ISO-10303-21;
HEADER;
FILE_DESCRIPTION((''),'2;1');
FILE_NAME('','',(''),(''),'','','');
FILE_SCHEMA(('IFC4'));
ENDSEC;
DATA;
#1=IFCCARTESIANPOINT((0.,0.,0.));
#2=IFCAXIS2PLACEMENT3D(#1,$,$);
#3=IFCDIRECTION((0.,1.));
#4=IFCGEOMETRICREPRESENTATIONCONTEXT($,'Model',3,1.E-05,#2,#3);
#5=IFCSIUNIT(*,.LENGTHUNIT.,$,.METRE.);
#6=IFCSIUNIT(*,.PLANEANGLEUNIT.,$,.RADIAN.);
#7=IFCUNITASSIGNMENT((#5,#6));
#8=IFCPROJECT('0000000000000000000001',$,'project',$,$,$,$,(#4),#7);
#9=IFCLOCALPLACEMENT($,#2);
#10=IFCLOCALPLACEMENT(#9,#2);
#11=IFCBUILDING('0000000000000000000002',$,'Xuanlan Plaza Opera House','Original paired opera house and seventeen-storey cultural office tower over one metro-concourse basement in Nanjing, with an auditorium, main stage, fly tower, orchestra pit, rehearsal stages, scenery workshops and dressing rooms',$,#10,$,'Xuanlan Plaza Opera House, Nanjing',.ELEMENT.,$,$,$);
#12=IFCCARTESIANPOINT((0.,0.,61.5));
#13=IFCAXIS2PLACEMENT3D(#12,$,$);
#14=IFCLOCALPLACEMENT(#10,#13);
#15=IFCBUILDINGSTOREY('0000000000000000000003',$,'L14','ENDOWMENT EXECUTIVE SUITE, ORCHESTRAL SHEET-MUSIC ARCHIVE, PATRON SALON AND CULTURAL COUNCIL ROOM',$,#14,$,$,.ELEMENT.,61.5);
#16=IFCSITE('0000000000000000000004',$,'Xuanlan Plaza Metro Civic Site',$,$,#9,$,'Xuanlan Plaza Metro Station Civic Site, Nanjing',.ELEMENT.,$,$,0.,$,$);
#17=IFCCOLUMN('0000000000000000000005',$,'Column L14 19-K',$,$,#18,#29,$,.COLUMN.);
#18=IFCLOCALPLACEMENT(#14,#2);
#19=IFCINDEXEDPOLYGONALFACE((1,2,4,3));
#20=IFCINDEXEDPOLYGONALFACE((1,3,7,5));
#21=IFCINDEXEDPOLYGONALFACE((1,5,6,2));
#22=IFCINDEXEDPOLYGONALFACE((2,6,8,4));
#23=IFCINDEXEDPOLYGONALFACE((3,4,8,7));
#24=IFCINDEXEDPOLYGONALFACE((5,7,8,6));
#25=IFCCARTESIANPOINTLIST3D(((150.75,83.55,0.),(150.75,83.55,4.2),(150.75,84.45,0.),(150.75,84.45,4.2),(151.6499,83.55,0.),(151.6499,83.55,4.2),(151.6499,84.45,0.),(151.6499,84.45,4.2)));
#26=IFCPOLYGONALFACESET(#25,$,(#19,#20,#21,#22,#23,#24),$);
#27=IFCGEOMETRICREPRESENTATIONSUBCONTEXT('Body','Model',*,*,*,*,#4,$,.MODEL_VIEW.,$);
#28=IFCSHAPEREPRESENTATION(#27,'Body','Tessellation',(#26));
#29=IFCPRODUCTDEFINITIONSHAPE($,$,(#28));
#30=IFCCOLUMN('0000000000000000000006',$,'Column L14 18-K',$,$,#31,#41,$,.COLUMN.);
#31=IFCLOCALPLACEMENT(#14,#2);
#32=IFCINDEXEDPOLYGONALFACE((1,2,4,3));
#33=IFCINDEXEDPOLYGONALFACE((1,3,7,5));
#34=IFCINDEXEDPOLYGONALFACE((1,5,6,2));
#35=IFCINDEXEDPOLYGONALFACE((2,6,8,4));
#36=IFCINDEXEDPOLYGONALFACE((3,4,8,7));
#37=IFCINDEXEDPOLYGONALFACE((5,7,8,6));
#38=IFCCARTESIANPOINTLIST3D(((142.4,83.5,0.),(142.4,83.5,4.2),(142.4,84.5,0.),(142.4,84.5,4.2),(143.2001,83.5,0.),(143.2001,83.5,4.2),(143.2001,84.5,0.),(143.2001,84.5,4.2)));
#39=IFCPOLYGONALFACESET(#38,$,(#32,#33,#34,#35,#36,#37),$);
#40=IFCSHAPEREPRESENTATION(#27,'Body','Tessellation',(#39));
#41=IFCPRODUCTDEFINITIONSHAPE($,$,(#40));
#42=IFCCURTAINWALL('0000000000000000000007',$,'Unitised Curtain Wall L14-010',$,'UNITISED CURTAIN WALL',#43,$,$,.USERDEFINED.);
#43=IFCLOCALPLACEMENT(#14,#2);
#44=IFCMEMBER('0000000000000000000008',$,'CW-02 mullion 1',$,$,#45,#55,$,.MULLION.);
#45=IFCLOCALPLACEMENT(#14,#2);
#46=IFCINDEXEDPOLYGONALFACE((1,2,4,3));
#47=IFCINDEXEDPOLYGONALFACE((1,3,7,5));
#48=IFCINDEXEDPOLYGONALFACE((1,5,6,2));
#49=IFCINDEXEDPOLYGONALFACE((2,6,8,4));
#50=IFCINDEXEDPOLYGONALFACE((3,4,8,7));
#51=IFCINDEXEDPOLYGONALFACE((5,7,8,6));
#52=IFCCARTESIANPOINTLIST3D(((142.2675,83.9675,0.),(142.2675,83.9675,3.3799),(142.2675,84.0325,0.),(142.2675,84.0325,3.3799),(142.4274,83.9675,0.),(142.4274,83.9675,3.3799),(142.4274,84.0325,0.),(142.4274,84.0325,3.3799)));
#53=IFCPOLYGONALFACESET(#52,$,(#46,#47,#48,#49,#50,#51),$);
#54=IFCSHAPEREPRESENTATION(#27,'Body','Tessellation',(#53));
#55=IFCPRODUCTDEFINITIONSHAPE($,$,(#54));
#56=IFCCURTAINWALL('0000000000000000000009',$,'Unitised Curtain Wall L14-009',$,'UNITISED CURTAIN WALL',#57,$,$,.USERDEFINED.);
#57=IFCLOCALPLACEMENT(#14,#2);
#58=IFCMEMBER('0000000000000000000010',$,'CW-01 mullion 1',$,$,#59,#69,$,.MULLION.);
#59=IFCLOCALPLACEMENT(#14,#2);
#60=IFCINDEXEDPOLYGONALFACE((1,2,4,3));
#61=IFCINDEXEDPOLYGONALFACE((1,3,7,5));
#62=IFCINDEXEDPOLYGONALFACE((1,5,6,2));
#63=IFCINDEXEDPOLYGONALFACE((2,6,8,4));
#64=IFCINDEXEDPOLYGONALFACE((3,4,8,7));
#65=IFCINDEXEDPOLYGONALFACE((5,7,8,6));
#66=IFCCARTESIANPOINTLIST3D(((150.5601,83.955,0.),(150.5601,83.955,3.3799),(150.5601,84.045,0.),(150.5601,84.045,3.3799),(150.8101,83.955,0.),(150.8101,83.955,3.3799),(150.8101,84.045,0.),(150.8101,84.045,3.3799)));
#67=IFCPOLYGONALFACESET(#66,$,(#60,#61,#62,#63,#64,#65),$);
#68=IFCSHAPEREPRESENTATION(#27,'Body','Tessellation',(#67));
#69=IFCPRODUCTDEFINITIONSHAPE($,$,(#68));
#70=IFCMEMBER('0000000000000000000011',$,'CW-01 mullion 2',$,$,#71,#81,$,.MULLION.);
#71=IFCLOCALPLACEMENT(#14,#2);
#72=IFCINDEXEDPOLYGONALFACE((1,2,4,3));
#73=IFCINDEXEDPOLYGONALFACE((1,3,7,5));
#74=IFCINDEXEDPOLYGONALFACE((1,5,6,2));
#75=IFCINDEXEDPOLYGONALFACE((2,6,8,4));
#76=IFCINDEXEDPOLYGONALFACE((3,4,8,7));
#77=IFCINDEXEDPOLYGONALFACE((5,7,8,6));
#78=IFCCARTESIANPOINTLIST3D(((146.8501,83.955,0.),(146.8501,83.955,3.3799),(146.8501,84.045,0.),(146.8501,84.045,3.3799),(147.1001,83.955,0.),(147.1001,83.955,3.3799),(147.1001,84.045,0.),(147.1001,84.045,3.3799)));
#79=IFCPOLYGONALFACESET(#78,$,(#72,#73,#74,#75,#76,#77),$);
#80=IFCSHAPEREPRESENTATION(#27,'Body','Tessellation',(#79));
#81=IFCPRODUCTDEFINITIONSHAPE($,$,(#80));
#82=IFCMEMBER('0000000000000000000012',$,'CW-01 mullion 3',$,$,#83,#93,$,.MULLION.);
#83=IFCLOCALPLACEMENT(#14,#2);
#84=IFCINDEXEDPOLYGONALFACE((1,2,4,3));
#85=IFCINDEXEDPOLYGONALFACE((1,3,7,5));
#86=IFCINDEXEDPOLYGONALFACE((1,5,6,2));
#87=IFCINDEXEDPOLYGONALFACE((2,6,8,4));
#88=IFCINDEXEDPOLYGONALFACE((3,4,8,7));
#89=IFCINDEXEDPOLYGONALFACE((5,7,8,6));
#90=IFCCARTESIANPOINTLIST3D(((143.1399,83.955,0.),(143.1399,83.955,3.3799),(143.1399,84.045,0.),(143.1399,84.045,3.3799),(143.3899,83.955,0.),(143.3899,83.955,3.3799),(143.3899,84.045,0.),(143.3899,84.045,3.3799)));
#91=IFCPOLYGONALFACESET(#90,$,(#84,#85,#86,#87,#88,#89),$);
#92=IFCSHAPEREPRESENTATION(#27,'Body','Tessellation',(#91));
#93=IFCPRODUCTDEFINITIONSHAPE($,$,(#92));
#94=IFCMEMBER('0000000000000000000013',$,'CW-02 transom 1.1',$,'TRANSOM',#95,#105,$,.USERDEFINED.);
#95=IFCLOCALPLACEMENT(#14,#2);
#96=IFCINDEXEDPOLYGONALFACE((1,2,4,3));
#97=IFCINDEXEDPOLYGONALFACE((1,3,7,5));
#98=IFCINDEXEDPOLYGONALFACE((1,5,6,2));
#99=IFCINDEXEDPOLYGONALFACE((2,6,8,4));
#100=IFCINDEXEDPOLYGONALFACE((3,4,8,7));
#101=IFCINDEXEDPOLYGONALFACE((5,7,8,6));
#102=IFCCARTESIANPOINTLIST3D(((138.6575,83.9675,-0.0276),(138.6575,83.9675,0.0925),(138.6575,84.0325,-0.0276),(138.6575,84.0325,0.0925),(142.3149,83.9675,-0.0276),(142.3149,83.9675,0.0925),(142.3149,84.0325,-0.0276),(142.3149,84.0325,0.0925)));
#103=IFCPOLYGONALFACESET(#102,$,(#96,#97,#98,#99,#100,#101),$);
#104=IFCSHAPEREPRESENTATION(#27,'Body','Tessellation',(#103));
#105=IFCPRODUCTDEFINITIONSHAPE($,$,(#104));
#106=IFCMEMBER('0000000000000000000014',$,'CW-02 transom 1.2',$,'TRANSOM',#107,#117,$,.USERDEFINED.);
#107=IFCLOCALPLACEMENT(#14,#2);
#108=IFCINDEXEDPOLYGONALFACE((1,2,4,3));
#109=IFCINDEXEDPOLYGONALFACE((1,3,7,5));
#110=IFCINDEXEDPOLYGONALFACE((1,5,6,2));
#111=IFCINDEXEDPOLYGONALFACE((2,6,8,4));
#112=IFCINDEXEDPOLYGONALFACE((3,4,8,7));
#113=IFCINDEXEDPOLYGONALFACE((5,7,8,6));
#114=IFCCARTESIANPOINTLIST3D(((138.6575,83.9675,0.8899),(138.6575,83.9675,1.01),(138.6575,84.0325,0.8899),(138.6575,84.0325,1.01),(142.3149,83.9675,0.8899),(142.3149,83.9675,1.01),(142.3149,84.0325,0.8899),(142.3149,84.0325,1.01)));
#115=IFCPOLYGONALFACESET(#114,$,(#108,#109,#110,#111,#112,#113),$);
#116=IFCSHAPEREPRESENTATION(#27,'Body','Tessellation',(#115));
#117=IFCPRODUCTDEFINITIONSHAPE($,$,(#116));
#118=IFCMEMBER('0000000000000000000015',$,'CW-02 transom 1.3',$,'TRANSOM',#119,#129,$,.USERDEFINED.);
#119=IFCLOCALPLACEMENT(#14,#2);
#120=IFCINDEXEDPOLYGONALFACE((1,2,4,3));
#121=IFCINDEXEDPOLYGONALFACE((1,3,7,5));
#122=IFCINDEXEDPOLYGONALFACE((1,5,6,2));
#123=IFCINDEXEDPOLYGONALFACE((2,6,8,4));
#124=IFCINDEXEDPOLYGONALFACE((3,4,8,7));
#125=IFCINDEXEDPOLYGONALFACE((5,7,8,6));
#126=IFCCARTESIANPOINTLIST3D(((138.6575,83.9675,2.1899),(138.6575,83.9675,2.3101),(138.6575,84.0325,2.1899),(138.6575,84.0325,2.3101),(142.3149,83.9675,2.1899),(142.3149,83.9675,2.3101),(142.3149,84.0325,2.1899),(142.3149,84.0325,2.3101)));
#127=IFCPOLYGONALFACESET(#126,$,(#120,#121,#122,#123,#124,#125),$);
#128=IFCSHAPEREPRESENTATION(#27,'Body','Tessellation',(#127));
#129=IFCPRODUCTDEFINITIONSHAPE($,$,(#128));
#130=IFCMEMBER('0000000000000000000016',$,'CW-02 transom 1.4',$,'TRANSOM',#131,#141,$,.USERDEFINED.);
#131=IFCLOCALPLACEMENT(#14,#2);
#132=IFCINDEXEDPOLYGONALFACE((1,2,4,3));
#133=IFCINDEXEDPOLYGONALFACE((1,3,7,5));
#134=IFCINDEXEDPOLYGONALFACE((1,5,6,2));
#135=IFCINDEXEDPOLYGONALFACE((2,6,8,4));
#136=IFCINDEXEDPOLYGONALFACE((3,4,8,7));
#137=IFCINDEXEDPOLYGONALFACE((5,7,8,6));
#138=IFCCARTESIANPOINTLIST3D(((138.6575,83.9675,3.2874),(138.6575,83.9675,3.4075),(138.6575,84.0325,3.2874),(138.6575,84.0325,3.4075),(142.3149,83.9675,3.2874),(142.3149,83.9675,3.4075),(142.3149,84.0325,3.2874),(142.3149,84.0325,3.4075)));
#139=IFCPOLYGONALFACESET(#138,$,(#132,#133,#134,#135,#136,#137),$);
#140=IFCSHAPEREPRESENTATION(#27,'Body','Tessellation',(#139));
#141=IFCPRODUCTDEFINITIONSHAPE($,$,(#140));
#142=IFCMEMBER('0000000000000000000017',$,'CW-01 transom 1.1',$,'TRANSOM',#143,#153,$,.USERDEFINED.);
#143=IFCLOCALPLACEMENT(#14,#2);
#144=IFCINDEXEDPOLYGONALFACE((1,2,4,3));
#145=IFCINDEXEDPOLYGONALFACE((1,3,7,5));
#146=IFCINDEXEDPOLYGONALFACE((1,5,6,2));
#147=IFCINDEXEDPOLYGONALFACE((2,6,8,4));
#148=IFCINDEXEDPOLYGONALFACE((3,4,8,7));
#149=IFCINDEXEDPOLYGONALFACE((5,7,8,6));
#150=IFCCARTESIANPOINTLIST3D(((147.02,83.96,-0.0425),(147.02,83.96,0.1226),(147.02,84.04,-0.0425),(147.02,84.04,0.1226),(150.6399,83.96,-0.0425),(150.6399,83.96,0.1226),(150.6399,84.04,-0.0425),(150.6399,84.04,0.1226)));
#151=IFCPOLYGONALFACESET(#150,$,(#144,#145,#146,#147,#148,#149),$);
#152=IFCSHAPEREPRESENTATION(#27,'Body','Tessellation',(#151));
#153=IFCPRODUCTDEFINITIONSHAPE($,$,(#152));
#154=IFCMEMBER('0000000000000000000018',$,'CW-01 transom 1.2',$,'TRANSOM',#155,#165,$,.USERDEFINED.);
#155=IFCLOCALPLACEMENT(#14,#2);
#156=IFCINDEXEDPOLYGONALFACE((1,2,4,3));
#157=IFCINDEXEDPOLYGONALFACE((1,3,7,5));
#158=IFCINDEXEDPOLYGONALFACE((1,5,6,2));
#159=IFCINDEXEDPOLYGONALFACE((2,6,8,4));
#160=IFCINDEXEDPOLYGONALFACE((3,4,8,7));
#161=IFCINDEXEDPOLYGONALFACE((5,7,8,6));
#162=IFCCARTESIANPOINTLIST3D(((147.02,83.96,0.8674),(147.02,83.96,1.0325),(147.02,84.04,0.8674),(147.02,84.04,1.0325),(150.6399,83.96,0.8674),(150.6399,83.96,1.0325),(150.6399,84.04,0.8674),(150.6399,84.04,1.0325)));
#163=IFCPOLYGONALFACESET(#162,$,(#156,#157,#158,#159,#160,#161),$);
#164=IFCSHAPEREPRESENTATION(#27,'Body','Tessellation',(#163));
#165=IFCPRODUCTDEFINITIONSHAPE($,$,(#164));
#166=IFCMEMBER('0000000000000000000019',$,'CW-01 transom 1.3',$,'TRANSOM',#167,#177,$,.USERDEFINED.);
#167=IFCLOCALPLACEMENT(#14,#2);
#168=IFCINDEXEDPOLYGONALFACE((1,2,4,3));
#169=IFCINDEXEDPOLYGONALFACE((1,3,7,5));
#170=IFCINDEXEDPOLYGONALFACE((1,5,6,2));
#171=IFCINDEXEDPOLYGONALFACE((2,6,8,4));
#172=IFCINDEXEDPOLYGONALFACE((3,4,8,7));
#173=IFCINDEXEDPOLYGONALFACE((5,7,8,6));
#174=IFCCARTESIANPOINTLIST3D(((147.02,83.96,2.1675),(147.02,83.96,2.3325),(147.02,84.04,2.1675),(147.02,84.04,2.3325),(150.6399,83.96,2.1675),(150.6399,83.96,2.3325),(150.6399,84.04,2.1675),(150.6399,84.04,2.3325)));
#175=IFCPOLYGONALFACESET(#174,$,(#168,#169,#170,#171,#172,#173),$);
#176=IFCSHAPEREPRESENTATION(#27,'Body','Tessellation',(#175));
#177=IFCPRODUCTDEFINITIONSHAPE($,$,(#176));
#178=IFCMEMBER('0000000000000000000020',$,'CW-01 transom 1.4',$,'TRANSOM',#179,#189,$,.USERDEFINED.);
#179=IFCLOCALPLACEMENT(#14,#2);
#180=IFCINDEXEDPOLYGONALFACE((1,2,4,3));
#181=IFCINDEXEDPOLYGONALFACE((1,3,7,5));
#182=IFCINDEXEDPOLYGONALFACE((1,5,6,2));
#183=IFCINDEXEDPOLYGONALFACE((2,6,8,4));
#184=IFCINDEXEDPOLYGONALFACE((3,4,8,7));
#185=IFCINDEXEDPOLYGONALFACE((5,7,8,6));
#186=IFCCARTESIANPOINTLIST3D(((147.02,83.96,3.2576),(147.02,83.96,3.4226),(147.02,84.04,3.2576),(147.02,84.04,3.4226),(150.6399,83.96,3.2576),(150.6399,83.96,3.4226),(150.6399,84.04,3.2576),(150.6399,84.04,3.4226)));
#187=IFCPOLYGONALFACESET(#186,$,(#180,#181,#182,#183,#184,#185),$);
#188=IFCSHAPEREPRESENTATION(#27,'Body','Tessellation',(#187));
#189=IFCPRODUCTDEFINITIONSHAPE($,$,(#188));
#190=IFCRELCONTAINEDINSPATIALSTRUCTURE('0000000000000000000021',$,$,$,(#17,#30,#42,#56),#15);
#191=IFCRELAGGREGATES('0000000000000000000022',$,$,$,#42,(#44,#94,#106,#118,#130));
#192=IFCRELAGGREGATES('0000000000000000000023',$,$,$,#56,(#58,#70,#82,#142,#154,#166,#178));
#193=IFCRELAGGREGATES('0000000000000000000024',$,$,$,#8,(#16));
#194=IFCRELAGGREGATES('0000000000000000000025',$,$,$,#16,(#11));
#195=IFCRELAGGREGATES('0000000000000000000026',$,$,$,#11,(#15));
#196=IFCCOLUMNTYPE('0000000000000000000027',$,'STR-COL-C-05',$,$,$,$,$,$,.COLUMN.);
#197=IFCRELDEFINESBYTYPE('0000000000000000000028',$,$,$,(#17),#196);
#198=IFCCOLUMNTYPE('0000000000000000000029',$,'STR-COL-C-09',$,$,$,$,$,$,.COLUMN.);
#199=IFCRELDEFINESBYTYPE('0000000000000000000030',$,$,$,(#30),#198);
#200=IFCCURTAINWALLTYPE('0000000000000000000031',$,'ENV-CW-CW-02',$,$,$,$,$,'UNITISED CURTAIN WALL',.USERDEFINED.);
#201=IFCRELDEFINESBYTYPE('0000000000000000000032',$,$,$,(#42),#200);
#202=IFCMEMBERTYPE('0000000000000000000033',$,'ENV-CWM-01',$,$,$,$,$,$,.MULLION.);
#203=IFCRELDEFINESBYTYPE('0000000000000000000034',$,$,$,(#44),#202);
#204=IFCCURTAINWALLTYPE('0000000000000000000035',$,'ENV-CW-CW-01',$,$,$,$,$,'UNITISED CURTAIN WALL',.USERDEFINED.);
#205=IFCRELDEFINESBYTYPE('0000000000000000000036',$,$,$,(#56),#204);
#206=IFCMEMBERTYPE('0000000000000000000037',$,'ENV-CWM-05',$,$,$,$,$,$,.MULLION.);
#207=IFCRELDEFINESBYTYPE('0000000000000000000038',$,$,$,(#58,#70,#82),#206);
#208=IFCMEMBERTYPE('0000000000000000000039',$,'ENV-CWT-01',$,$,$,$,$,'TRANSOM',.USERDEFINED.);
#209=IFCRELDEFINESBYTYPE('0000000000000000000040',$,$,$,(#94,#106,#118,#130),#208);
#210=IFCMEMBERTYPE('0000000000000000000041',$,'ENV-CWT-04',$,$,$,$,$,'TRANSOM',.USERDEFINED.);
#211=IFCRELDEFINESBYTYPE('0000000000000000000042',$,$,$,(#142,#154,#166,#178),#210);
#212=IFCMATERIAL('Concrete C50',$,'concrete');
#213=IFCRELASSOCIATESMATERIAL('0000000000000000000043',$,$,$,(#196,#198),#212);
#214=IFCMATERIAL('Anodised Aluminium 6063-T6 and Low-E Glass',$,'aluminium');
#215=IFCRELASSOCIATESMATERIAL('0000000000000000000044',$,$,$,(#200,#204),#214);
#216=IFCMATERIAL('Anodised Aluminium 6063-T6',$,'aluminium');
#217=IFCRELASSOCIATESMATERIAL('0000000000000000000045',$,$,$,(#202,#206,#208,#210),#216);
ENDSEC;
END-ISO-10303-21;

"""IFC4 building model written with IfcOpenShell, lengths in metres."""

from ifc_helpers import new_model, si_unit, direction, frame, origin, origin_2d, place, context, subcontext, project, spatial, rectangle, extrude, material, material_profile, profile_set, type_object, element, aggregate, save


model = new_model("IFC4")

# Units and contexts
model_context = context("Model", 3, precision=1e-05, world=origin(), true_north=direction((0.0, 1.0)))
body_context = subcontext(model_context, "Body", "Model", "MODEL_VIEW")
ifc_project = project(units=[si_unit("LENGTHUNIT", "METRE"), si_unit("PLANEANGLEUNIT", "RADIAN")], contexts=[model_context])

# Site, building, storey
site_placement = place(None, origin())
site = spatial("IfcSite", under=ifc_project, at=site_placement, Name="Xuanlan Plaza Metro Civic Site", LongName="Xuanlan Plaza Metro Station Civic Site, Nanjing", CompositionType="ELEMENT", RefElevation=0.0)
building_placement = place(site_placement, origin())
building = spatial("IfcBuilding", under=site, at=building_placement, Name="Xuanlan Plaza Opera House", Description="Original paired opera house and seventeen-storey cultural office tower over one metro-concourse basement in Nanjing, with an auditorium, main stage, fly tower, orchestra pit, rehearsal stages, scenery workshops and dressing rooms", LongName="Xuanlan Plaza Opera House, Nanjing", CompositionType="ELEMENT")
storey_placement = place(building_placement, frame((0.0, 0.0, 61.5)))
storey = spatial("IfcBuildingStorey", under=building, at=storey_placement, Name="L14", Description="ENDOWMENT EXECUTIVE SUITE, ORCHESTRAL SHEET-MUSIC ARCHIVE, PATRON SALON AND CULTURAL COUNCIL ROOM", CompositionType="ELEMENT", Elevation=61.5)

# Columns
ifc_material_1 = material(Name="Concrete C50", Category="concrete")
ifc_material_profile_1 = material_profile(ifc_material_1, rectangle(XDim=0.8999, YDim=0.8999, at=origin_2d()), Name="RC-COL 900x900")
ifc_profile_set_1 = profile_set([ifc_material_profile_1], Name="Concrete C50")
column_type_1 = type_object("IfcColumnType", Name="STR-COL-C-05", PredefinedType="COLUMN", material=ifc_profile_set_1)
column_1_placement = place(storey_placement, frame((151.2, 84.0, 0.0), z_axis=(0.0, 0.0, 1.0), x_axis=(1.0, 0.0, 0.0)))
element("IfcColumn", 1, at=column_1_placement, inside=storey, type_object=column_type_1, Name="Column L14 19-K", PredefinedType="COLUMN", context=body_context, shape_type="SweptSolid", body=[
    extrude(rectangle(XDim=0.8999, YDim=0.8999, at=origin_2d()), origin(), (0.0, 0.0, 1.0), 4.2),
])
ifc_material_profile_2 = material_profile(ifc_material_1, rectangle(XDim=0.8, YDim=1.0, at=origin_2d()), Name="RC-COL 800x1000")
ifc_profile_set_2 = profile_set([ifc_material_profile_2], Name="Concrete C50")
column_type_2 = type_object("IfcColumnType", Name="STR-COL-C-09", PredefinedType="COLUMN", material=ifc_profile_set_2)
column_2_placement = place(storey_placement, frame((142.8, 84.0, 0.0), z_axis=(0.0, 0.0, 1.0), x_axis=(1.0, 0.0, 0.0)))
element("IfcColumn", 2, at=column_2_placement, inside=storey, type_object=column_type_2, Name="Column L14 18-K", PredefinedType="COLUMN", context=body_context, shape_type="SweptSolid", body=[
    extrude(rectangle(XDim=0.8, YDim=1.0, at=origin_2d()), origin(), (0.0, 0.0, 1.0), 4.2),
])

# Curtain wall, member
ifc_material_2 = material(Name="Anodised Aluminium 6063-T6 and Low-E Glass", Category="aluminium")
curtain_wall_type_1 = type_object("IfcCurtainWallType", Name="ENV-CW-CW-02", ElementType="UNITISED CURTAIN WALL", PredefinedType="USERDEFINED", material=ifc_material_2)
curtain_wall_1_placement = place(storey_placement, origin())
curtain_wall_1 = element("IfcCurtainWall", 3, at=curtain_wall_1_placement, inside=storey, type_object=curtain_wall_type_1, Name="Unitised Curtain Wall L14-010", ObjectType="UNITISED CURTAIN WALL", PredefinedType="USERDEFINED")
ifc_material_3 = material(Name="Anodised Aluminium 6063-T6", Category="aluminium")
ifc_material_profile_3 = material_profile(ifc_material_3, rectangle(XDim=0.0649, YDim=0.1599, at=origin_2d()), Name="ALU-M 65x160")
ifc_profile_set_3 = profile_set([ifc_material_profile_3], Name="Anodised Aluminium 6063-T6")
member_type_1 = type_object("IfcMemberType", Name="ENV-CWM-01", PredefinedType="MULLION", material=ifc_profile_set_3)
member_1_placement = place(storey_placement, frame((142.3474, 84.0, 0.0), z_axis=(0.0, 0.0, 1.0), x_axis=(0.0, -1.0, 0.0)))
member_1 = element("IfcMember", 4, at=member_1_placement, type_object=member_type_1, Name="CW-02 mullion 1", PredefinedType="MULLION", context=body_context, shape_type="SweptSolid", body=[
    extrude(rectangle(XDim=0.0649, YDim=0.1599, at=origin_2d()), origin(), (0.0, 0.0, 1.0), 3.3799),
])

# Curtain wall, members
curtain_wall_type_2 = type_object("IfcCurtainWallType", Name="ENV-CW-CW-01", ElementType="UNITISED CURTAIN WALL", PredefinedType="USERDEFINED", material=ifc_material_2)
curtain_wall_2_placement = place(storey_placement, origin())
curtain_wall_2 = element("IfcCurtainWall", 5, at=curtain_wall_2_placement, inside=storey, type_object=curtain_wall_type_2, Name="Unitised Curtain Wall L14-009", ObjectType="UNITISED CURTAIN WALL", PredefinedType="USERDEFINED")
ifc_material_profile_4 = material_profile(ifc_material_3, rectangle(XDim=0.0901, YDim=0.25, at=origin_2d()), Name="ALU-M 90x250")
ifc_profile_set_4 = profile_set([ifc_material_profile_4], Name="Anodised Aluminium 6063-T6")
member_type_2 = type_object("IfcMemberType", Name="ENV-CWM-05", PredefinedType="MULLION", material=ifc_profile_set_4)
member_2_placement = place(storey_placement, frame((150.6851, 84.0, 0.0), z_axis=(0.0, 0.0, 1.0), x_axis=(0.0, -1.0, 0.0)))
member_2 = element("IfcMember", 6, at=member_2_placement, type_object=member_type_2, Name="CW-01 mullion 1", PredefinedType="MULLION", context=body_context, shape_type="SweptSolid", body=[
    extrude(rectangle(XDim=0.0901, YDim=0.25, at=origin_2d()), origin(), (0.0, 0.0, 1.0), 3.3799),
])
member_3_placement = place(storey_placement, frame((146.9751, 84.0, 0.0), z_axis=(0.0, 0.0, 1.0), x_axis=(0.0, -1.0, 0.0)))
member_3 = element("IfcMember", 7, at=member_3_placement, type_object=member_type_2, Name="CW-01 mullion 2", PredefinedType="MULLION", context=body_context, shape_type="SweptSolid", body=[
    extrude(rectangle(XDim=0.0901, YDim=0.25, at=origin_2d()), origin(), (0.0, 0.0, 1.0), 3.3799),
])
member_4_placement = place(storey_placement, frame((143.2649, 84.0, 0.0), z_axis=(0.0, 0.0, 1.0), x_axis=(0.0, -1.0, 0.0)))
member_4 = element("IfcMember", 8, at=member_4_placement, type_object=member_type_2, Name="CW-01 mullion 3", PredefinedType="MULLION", context=body_context, shape_type="SweptSolid", body=[
    extrude(rectangle(XDim=0.0901, YDim=0.25, at=origin_2d()), origin(), (0.0, 0.0, 1.0), 3.3799),
])

# Members
ifc_material_profile_5 = material_profile(ifc_material_3, rectangle(XDim=0.0649, YDim=0.1201, at=origin_2d()), Name="ALU-T 65x120")
ifc_profile_set_5 = profile_set([ifc_material_profile_5], Name="Anodised Aluminium 6063-T6")
member_type_3 = type_object("IfcMemberType", Name="ENV-CWT-01", ElementType="TRANSOM", PredefinedType="USERDEFINED", material=ifc_profile_set_5)
member_5_placement = place(storey_placement, frame((142.3149, 84.0, 0.0325), z_axis=(-1.0, 0.0, 0.0), x_axis=(0.0, -1.0, 0.0)))
member_5 = element("IfcMember", 9, at=member_5_placement, type_object=member_type_3, Name="CW-02 transom 1.1", ObjectType="TRANSOM", PredefinedType="USERDEFINED", context=body_context, shape_type="SweptSolid", body=[
    extrude(rectangle(XDim=0.0649, YDim=0.1201, at=origin_2d()), origin(), (0.0, 0.0, 1.0), 3.6575),
])
member_6_placement = place(storey_placement, frame((142.3149, 84.0, 0.95), z_axis=(-1.0, 0.0, 0.0), x_axis=(0.0, -1.0, 0.0)))
member_6 = element("IfcMember", 10, at=member_6_placement, type_object=member_type_3, Name="CW-02 transom 1.2", ObjectType="TRANSOM", PredefinedType="USERDEFINED", context=body_context, shape_type="SweptSolid", body=[
    extrude(rectangle(XDim=0.0649, YDim=0.1201, at=origin_2d()), origin(), (0.0, 0.0, 1.0), 3.6575),
])
member_7_placement = place(storey_placement, frame((142.3149, 84.0, 2.25), z_axis=(-1.0, 0.0, 0.0), x_axis=(0.0, -1.0, 0.0)))
member_7 = element("IfcMember", 11, at=member_7_placement, type_object=member_type_3, Name="CW-02 transom 1.3", ObjectType="TRANSOM", PredefinedType="USERDEFINED", context=body_context, shape_type="SweptSolid", body=[
    extrude(rectangle(XDim=0.0649, YDim=0.1201, at=origin_2d()), origin(), (0.0, 0.0, 1.0), 3.6575),
])
member_8_placement = place(storey_placement, frame((142.3149, 84.0, 3.3474), z_axis=(-1.0, 0.0, 0.0), x_axis=(0.0, -1.0, 0.0)))
member_8 = element("IfcMember", 12, at=member_8_placement, type_object=member_type_3, Name="CW-02 transom 1.4", ObjectType="TRANSOM", PredefinedType="USERDEFINED", context=body_context, shape_type="SweptSolid", body=[
    extrude(rectangle(XDim=0.0649, YDim=0.1201, at=origin_2d()), origin(), (0.0, 0.0, 1.0), 3.6575),
])
ifc_material_profile_6 = material_profile(ifc_material_3, rectangle(XDim=0.0801, YDim=0.165, at=origin_2d()), Name="ALU-T 80x165")
ifc_profile_set_6 = profile_set([ifc_material_profile_6], Name="Anodised Aluminium 6063-T6")
member_type_4 = type_object("IfcMemberType", Name="ENV-CWT-04", ElementType="TRANSOM", PredefinedType="USERDEFINED", material=ifc_profile_set_6)
member_9_placement = place(storey_placement, frame((150.6399, 84.0, 0.04), z_axis=(-1.0, 0.0, 0.0), x_axis=(0.0, -1.0, 0.0)))
member_9 = element("IfcMember", 13, at=member_9_placement, type_object=member_type_4, Name="CW-01 transom 1.1", ObjectType="TRANSOM", PredefinedType="USERDEFINED", context=body_context, shape_type="SweptSolid", body=[
    extrude(rectangle(XDim=0.0801, YDim=0.165, at=origin_2d()), origin(), (0.0, 0.0, 1.0), 3.6199),
])
member_10_placement = place(storey_placement, frame((150.6399, 84.0, 0.95), z_axis=(-1.0, 0.0, 0.0), x_axis=(0.0, -1.0, 0.0)))
member_10 = element("IfcMember", 14, at=member_10_placement, type_object=member_type_4, Name="CW-01 transom 1.2", ObjectType="TRANSOM", PredefinedType="USERDEFINED", context=body_context, shape_type="SweptSolid", body=[
    extrude(rectangle(XDim=0.0801, YDim=0.165, at=origin_2d()), origin(), (0.0, 0.0, 1.0), 3.6199),
])
member_11_placement = place(storey_placement, frame((150.6399, 84.0, 2.25), z_axis=(-1.0, 0.0, 0.0), x_axis=(0.0, -1.0, 0.0)))
member_11 = element("IfcMember", 15, at=member_11_placement, type_object=member_type_4, Name="CW-01 transom 1.3", ObjectType="TRANSOM", PredefinedType="USERDEFINED", context=body_context, shape_type="SweptSolid", body=[
    extrude(rectangle(XDim=0.0801, YDim=0.165, at=origin_2d()), origin(), (0.0, 0.0, 1.0), 3.6199),
])
member_12_placement = place(storey_placement, frame((150.6399, 84.0, 3.3401), z_axis=(-1.0, 0.0, 0.0), x_axis=(0.0, -1.0, 0.0)))
member_12 = element("IfcMember", 16, at=member_12_placement, type_object=member_type_4, Name="CW-01 transom 1.4", ObjectType="TRANSOM", PredefinedType="USERDEFINED", context=body_context, shape_type="SweptSolid", body=[
    extrude(rectangle(XDim=0.0801, YDim=0.165, at=origin_2d()), origin(), (0.0, 0.0, 1.0), 3.6199),
])

aggregate(curtain_wall_1, [member_1, member_5, member_6, member_7, member_8])
aggregate(curtain_wall_2, [member_2, member_3, member_4, member_9, member_10, member_11, member_12])

save(model, "model.ifc")
